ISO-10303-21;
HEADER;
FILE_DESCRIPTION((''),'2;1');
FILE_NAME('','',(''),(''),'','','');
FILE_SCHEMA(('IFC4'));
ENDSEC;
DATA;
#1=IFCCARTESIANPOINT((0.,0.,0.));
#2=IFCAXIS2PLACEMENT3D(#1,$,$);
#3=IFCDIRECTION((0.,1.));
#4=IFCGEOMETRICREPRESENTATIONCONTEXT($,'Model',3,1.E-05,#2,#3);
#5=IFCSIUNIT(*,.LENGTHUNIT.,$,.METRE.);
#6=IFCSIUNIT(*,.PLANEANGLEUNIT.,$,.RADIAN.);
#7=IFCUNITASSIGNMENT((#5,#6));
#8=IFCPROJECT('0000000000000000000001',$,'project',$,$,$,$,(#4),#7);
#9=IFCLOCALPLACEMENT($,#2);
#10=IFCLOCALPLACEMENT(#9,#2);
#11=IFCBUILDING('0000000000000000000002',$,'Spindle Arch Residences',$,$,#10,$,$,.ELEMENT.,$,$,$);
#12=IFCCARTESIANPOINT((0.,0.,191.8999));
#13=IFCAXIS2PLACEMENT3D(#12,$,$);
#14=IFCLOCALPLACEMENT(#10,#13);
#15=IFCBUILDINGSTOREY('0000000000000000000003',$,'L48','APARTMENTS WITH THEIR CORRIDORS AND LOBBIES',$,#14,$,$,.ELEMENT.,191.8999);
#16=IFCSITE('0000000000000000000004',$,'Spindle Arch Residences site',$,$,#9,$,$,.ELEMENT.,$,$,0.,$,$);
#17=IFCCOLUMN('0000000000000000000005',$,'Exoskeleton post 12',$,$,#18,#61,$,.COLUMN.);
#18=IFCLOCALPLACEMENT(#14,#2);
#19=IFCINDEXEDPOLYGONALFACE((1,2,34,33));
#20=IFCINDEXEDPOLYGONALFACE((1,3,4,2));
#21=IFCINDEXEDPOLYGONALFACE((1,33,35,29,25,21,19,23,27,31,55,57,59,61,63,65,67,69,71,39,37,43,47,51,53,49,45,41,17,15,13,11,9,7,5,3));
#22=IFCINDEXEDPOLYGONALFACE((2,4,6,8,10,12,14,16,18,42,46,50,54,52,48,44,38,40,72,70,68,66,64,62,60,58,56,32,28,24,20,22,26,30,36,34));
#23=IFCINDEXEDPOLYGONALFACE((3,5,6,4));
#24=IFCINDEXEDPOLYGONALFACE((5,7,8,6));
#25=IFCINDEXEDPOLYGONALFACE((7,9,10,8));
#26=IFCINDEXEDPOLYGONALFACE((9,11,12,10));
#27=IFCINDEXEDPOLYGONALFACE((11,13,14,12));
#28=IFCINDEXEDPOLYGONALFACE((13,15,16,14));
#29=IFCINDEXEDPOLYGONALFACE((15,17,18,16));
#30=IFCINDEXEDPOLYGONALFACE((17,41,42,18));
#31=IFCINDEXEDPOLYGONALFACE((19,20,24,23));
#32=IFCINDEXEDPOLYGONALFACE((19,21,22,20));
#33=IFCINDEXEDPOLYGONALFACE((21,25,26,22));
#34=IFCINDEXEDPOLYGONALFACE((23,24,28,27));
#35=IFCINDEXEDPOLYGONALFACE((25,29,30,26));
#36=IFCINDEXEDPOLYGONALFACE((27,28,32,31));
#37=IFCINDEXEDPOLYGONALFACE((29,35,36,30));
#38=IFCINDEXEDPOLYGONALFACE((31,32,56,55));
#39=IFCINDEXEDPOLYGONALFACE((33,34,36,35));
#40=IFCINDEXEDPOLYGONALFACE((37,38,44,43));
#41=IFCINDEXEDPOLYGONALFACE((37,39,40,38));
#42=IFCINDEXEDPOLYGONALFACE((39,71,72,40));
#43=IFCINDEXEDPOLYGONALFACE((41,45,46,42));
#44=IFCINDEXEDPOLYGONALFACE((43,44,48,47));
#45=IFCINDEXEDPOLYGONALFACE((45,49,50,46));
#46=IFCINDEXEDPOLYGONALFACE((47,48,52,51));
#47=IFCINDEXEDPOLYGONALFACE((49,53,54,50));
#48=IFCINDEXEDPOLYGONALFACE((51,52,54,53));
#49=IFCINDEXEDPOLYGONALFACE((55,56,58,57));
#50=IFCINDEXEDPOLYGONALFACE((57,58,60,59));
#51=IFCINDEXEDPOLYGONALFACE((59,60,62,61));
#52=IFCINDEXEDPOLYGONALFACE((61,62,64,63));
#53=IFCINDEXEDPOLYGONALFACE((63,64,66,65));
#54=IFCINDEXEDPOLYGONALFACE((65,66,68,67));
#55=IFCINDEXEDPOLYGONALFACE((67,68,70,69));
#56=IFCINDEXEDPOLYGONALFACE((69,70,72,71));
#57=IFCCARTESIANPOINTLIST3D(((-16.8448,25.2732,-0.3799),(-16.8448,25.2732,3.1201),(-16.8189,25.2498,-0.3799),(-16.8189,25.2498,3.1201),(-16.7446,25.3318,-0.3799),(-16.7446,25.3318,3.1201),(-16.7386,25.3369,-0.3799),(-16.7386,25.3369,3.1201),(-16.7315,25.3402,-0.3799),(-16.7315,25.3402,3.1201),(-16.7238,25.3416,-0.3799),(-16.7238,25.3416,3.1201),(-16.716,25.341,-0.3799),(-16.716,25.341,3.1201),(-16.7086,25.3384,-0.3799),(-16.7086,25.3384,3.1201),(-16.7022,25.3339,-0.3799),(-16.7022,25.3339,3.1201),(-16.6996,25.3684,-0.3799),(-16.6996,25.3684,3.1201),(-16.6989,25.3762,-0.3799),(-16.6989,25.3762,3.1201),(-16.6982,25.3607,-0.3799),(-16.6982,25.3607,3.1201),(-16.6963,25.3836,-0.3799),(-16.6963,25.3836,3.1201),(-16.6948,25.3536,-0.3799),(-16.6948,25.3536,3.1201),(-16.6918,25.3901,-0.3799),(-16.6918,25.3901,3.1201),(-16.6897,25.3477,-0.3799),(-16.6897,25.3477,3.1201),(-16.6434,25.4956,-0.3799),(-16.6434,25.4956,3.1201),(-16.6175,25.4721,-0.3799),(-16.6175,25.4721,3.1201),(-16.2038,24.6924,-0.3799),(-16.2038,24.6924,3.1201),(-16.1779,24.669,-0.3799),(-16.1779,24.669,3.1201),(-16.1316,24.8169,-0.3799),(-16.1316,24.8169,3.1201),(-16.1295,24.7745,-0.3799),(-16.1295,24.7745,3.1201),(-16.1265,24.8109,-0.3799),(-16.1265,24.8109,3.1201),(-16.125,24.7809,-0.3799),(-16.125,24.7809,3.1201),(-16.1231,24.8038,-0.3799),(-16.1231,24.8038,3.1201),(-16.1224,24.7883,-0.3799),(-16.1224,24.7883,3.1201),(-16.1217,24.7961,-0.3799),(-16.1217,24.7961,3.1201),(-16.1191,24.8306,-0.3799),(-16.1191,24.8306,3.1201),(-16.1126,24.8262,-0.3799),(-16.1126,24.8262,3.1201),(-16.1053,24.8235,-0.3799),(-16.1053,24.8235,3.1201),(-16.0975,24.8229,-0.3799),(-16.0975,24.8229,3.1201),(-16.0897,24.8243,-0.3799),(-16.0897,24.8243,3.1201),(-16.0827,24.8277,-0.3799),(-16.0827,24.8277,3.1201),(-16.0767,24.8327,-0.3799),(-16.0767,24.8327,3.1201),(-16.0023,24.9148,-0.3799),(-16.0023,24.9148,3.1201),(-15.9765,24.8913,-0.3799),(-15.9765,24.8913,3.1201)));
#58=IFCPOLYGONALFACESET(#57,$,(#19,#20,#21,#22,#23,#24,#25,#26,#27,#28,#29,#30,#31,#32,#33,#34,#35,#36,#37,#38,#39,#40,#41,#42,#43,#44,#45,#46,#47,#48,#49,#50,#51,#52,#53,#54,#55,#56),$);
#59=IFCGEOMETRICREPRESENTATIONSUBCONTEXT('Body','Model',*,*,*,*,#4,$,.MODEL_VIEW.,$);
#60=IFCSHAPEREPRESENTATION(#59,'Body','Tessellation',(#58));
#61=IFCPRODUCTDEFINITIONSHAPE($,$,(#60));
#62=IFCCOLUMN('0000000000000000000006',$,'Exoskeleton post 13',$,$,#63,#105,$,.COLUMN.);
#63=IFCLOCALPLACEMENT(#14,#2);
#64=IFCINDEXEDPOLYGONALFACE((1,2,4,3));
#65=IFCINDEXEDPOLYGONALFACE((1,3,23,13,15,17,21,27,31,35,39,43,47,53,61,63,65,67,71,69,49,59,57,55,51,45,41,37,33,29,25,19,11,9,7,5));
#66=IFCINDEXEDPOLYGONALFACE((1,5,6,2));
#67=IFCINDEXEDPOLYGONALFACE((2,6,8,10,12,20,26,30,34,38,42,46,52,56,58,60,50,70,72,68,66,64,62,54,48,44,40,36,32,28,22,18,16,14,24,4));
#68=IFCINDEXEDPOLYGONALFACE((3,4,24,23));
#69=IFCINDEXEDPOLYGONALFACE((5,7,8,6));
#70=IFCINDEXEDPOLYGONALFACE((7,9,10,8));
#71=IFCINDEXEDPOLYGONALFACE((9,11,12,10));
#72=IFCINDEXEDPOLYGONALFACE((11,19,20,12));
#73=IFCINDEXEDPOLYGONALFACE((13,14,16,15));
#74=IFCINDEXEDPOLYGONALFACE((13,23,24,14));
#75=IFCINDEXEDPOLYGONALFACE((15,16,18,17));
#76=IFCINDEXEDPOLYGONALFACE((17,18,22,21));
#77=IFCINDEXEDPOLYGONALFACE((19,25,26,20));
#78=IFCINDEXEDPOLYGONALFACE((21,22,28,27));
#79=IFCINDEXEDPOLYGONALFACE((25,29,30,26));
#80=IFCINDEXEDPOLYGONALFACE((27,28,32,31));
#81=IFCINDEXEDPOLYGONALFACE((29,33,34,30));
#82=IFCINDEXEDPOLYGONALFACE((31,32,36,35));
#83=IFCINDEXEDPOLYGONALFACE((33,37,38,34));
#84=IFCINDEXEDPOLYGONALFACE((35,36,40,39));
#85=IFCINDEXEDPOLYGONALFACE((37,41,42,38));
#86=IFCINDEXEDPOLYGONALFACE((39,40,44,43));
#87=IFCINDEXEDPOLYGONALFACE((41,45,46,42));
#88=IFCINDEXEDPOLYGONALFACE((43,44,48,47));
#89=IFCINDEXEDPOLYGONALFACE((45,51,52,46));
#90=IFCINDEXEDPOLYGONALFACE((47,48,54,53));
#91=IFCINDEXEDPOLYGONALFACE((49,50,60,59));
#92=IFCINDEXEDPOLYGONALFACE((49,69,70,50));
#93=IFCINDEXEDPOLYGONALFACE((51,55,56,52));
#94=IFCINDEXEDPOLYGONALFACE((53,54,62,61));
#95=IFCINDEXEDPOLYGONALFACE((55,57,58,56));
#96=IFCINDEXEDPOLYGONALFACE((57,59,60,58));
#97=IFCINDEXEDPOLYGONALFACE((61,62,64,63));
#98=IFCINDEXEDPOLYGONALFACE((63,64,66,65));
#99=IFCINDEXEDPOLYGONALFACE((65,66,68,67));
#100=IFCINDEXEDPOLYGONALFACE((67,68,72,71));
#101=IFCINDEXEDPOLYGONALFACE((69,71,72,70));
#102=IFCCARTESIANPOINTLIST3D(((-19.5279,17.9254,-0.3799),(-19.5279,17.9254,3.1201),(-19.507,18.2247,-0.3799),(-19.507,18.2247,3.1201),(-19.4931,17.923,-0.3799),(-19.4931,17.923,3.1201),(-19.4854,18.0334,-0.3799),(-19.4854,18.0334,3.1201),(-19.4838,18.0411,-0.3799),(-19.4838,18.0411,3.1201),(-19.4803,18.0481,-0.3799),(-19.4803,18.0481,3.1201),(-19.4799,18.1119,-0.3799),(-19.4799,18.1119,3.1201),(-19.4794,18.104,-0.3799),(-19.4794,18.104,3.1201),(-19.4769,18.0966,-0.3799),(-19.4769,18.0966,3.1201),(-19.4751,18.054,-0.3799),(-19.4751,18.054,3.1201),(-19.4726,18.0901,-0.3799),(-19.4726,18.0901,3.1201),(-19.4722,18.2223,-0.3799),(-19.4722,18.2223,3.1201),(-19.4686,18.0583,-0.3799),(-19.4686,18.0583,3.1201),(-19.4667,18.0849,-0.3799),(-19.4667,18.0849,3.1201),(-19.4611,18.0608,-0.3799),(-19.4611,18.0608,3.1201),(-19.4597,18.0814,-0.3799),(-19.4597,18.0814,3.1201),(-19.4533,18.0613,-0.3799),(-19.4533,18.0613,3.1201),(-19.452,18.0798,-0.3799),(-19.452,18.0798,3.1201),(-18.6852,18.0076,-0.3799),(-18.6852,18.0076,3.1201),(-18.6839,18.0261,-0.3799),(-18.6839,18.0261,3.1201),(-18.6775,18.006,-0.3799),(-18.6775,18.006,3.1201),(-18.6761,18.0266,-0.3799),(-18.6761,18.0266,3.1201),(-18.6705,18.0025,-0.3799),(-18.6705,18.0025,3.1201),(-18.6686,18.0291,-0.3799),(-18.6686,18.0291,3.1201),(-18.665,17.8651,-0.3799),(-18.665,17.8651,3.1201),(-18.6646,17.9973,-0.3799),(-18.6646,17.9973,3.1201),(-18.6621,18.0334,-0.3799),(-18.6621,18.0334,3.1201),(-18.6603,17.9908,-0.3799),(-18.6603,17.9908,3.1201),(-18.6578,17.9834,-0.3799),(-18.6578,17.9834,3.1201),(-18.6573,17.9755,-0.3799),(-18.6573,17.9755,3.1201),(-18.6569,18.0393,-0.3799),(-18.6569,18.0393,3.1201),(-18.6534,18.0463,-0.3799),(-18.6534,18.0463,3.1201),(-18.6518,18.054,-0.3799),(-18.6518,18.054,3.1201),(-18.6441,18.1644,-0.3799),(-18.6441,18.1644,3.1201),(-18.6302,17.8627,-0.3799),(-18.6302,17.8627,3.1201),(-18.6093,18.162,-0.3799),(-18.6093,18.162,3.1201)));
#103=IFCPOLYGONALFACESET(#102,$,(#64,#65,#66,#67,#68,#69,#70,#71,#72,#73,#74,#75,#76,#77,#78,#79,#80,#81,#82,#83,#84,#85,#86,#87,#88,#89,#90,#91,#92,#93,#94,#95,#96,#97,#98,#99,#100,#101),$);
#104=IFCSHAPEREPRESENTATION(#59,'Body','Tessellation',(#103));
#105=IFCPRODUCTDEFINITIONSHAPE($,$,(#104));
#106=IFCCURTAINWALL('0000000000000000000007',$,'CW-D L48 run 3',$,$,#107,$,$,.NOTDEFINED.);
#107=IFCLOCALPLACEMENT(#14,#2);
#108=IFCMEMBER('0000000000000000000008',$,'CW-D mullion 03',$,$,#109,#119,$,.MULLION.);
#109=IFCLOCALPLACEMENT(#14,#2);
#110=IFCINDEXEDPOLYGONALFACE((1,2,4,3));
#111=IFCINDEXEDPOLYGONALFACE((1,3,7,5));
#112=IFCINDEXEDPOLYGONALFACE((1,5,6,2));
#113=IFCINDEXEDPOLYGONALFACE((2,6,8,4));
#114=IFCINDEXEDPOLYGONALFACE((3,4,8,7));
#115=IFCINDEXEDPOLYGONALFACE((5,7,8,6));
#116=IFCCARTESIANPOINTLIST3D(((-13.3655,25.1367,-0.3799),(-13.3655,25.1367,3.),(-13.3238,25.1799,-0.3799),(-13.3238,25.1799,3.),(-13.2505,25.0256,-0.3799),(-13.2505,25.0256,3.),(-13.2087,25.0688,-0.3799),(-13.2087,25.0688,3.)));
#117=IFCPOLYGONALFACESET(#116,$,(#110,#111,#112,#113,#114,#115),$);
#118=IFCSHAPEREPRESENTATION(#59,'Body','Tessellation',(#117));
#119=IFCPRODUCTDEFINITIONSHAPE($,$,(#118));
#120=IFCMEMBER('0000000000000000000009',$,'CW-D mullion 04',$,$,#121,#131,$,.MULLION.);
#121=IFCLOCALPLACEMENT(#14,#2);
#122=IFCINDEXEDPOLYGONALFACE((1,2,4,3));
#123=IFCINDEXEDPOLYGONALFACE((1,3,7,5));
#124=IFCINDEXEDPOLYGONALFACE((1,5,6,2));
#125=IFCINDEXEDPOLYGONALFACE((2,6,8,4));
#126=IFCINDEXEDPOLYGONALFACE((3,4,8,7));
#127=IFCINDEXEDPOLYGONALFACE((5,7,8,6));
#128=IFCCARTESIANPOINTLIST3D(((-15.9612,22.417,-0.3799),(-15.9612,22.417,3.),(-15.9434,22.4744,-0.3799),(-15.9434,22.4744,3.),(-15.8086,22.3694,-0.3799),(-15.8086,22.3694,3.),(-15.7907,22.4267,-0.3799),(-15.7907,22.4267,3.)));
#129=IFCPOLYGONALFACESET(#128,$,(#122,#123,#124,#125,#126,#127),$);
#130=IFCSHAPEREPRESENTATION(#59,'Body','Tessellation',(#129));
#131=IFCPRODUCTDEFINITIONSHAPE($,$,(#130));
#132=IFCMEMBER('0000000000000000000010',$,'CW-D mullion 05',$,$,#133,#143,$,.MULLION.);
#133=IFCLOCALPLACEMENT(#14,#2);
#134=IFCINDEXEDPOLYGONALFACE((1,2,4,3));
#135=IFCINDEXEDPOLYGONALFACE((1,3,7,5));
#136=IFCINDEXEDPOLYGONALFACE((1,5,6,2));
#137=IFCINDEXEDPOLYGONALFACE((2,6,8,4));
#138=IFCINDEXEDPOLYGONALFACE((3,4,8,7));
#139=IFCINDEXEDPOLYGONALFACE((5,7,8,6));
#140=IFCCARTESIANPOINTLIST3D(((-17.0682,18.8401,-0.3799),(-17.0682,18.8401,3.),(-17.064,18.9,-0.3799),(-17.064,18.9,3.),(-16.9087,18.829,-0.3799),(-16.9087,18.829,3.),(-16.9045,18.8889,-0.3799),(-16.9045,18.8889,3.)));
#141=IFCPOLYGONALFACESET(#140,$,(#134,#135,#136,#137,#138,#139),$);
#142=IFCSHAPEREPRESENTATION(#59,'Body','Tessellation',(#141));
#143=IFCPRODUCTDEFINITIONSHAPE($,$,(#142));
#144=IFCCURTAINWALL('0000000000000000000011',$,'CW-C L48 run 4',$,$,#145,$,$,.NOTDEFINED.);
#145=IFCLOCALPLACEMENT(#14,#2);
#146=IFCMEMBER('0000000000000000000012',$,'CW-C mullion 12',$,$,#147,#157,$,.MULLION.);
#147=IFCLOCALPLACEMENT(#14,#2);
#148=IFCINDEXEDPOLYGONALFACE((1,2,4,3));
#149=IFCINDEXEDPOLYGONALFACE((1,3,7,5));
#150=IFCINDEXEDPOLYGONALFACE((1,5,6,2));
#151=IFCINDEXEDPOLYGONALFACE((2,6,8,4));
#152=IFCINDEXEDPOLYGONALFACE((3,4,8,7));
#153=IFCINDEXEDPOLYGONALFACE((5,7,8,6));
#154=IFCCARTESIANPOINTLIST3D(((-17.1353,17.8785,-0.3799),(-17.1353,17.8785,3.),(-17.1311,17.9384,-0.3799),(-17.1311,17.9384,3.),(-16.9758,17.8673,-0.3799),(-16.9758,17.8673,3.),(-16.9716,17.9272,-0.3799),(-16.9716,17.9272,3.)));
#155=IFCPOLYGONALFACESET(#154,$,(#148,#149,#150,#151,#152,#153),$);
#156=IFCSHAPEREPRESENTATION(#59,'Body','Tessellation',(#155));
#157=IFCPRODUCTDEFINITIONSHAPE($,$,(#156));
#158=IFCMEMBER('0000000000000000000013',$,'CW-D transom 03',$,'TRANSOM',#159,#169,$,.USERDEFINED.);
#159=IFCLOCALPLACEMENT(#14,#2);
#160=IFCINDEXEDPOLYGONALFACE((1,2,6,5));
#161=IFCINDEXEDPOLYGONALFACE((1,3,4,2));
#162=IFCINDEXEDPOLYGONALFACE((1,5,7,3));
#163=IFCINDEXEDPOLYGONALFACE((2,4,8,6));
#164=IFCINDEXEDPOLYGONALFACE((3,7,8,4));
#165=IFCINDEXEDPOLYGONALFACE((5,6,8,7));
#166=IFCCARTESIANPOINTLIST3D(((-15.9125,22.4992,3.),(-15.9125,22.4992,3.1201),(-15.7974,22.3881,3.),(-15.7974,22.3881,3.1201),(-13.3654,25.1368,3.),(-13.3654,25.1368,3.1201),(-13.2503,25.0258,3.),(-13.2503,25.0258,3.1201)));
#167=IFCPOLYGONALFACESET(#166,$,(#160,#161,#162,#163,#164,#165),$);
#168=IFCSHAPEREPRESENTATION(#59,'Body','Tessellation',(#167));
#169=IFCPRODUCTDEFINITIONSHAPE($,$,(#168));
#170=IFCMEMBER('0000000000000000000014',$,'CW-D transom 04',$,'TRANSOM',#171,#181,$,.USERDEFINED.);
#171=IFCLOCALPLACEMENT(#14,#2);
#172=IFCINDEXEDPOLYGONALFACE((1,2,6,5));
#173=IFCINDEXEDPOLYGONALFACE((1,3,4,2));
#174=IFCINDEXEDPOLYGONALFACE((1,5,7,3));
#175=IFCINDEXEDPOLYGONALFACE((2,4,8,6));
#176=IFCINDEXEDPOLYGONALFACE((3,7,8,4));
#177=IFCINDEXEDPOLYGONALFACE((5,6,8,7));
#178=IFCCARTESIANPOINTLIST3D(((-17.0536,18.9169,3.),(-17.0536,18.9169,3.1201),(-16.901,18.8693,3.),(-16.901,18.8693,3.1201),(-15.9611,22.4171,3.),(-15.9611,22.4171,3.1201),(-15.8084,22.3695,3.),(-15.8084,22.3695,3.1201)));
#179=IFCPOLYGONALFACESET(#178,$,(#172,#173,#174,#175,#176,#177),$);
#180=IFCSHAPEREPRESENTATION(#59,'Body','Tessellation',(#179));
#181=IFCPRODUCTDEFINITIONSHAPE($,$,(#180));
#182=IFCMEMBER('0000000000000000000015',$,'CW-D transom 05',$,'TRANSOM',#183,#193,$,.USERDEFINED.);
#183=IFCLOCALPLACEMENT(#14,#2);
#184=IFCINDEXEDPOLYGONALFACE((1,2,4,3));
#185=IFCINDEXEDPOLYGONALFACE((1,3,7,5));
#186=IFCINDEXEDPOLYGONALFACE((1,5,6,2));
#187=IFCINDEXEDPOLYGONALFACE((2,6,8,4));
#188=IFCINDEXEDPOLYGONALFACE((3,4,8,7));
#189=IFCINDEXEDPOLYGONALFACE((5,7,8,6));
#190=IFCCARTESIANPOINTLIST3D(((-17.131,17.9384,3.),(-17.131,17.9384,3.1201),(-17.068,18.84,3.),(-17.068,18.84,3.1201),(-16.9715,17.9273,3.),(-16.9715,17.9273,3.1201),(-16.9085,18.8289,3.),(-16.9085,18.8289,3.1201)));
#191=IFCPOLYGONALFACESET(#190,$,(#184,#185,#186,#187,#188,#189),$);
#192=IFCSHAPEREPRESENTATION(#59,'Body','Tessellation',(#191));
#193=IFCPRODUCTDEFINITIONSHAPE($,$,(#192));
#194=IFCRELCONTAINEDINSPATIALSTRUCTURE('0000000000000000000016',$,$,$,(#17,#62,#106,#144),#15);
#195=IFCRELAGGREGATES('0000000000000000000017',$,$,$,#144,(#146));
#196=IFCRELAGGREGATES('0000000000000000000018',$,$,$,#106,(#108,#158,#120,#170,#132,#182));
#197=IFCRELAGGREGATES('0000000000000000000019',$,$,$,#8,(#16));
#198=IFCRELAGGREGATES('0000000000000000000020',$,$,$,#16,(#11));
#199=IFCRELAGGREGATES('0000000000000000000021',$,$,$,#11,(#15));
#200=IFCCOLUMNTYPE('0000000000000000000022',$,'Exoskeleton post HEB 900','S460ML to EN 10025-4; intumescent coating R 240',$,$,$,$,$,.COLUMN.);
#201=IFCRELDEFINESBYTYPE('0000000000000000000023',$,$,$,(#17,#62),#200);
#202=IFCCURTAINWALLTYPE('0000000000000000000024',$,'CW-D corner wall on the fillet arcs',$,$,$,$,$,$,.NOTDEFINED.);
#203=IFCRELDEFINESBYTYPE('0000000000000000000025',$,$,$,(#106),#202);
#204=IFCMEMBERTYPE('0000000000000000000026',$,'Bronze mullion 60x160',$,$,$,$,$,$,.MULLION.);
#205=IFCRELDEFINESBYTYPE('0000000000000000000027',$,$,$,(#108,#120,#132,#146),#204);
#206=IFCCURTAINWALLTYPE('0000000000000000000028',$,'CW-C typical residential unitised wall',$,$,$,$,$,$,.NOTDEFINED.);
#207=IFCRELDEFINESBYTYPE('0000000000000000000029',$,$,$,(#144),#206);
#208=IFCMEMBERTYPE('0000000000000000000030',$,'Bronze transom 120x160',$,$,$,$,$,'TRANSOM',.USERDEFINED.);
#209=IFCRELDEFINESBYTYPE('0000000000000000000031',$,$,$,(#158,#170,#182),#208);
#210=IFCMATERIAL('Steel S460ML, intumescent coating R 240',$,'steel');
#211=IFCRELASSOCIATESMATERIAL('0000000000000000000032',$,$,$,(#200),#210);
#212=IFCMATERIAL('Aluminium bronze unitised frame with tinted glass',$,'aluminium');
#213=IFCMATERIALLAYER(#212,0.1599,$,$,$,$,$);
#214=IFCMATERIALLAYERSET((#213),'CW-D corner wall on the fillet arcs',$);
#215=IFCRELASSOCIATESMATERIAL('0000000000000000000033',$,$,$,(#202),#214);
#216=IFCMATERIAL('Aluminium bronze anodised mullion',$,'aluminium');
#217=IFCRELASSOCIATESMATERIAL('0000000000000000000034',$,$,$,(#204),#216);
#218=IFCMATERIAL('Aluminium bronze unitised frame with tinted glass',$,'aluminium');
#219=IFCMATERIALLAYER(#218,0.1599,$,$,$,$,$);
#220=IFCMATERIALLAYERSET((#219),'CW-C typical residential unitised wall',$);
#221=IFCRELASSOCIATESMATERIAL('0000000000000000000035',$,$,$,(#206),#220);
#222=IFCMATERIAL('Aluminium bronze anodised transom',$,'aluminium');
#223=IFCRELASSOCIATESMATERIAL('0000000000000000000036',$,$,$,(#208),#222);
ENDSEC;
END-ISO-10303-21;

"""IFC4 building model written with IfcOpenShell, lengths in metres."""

from ifc_helpers import new_model, si_unit, direction, frame, origin, origin_2d, place, context, subcontext, project, spatial, rectangle, i_section, extrude, material, layer, layer_set, material_profile, profile_set, type_object, element, aggregate, save


model = new_model("IFC4")

# Units and contexts
model_context = context("Model", 3, precision=1e-05, world=origin(), true_north=direction((0.0, 1.0)))
body_context = subcontext(model_context, "Body", "Model", "MODEL_VIEW")
ifc_project = project(units=[si_unit("LENGTHUNIT", "METRE"), si_unit("PLANEANGLEUNIT", "RADIAN")], contexts=[model_context])

# Site, building, storey
site_placement = place(None, origin())
site = spatial("IfcSite", under=ifc_project, at=site_placement, Name="Spindle Arch Residences site", CompositionType="ELEMENT", RefElevation=0.0)
building_placement = place(site_placement, origin())
building = spatial("IfcBuilding", under=site, at=building_placement, Name="Spindle Arch Residences", CompositionType="ELEMENT")
storey_placement = place(building_placement, frame((0.0, 0.0, 191.8999)))
storey = spatial("IfcBuildingStorey", under=building, at=storey_placement, Name="L48", Description="APARTMENTS WITH THEIR CORRIDORS AND LOBBIES", CompositionType="ELEMENT", Elevation=191.8999)

# Columns
ifc_material_1 = material(Name="Steel S460ML, intumescent coating R 240", Category="steel")
ifc_material_profile_1 = material_profile(ifc_material_1, i_section(OverallWidth=0.3, OverallDepth=0.8999, WebThickness=0.0186, FlangeThickness=0.0349, FilletRadius=0.03, at=origin_2d()), Name="HEB 900")
ifc_profile_set_1 = profile_set([ifc_material_profile_1], Name="Steel S460ML, intumescent coating R 240")
column_type = type_object("IfcColumnType", Name="Exoskeleton post HEB 900", Description="S460ML to EN 10025-4; intumescent coating R 240", PredefinedType="COLUMN", material=ifc_profile_set_1)
for number, where, z_axis, x_axis, name in (
    (1, (-16.4106, 25.0823, -0.3799), (0.0, 0.0, 1.0), (0.671428, 0.74107, 0.0), "Exoskeleton post 12"),
    (2, (-19.0686, 18.0437, -0.3799), (0.0, 0.0, 1.0), (0.069756, 0.997564, 0.0), "Exoskeleton post 13"),
):
    element("IfcColumn", number, at=place(storey_placement, frame(where, z_axis=z_axis, x_axis=x_axis)), inside=storey, type_object=column_type, Name=name, PredefinedType="COLUMN", context=body_context, shape_type="SweptSolid", body=[
        extrude(i_section(OverallWidth=0.3, OverallDepth=0.8999, WebThickness=0.0186, FlangeThickness=0.0349, FilletRadius=0.03, at=origin_2d()), origin(), (0.0, 0.0, 1.0), 3.5),
    ])

# Curtain wall, members
ifc_material_2 = material(Name="Aluminium bronze unitised frame with tinted glass", Category="aluminium")
ifc_layer_1 = layer(ifc_material_2, 0.1599)
ifc_layer_set_1 = layer_set([ifc_layer_1], Name="CW-D corner wall on the fillet arcs")
curtain_wall_type_1 = type_object("IfcCurtainWallType", Name="CW-D corner wall on the fillet arcs", PredefinedType="NOTDEFINED", material=ifc_layer_set_1)
curtain_wall_1_placement = place(storey_placement, origin())
curtain_wall_1 = element("IfcCurtainWall", 3, at=curtain_wall_1_placement, inside=storey, type_object=curtain_wall_type_1, Name="CW-D L48 run 3", PredefinedType="NOTDEFINED")
ifc_material_3 = material(Name="Aluminium bronze anodised mullion", Category="aluminium")
ifc_material_profile_2 = material_profile(ifc_material_3, rectangle(XDim=0.1599, YDim=0.0601, at=origin_2d()), Name="MU 60x160")
ifc_profile_set_2 = profile_set([ifc_material_profile_2], Name="Aluminium bronze anodised mullion")
member_type_1 = type_object("IfcMemberType", Name="Bronze mullion 60x160", PredefinedType="MULLION", material=ifc_profile_set_2)
member_1_placement = place(storey_placement, frame((-13.2871, 25.1028, -0.3799), z_axis=(0.0, 0.0, 1.0), x_axis=(0.71934, -0.694658, 0.0)))
member_1 = element("IfcMember", 4, at=member_1_placement, type_object=member_type_1, Name="CW-D mullion 03", PredefinedType="MULLION", context=body_context, shape_type="SweptSolid", body=[
    extrude(rectangle(XDim=0.1599, YDim=0.0601, at=origin_2d()), origin(), (0.0, 0.0, 1.0), 3.3799),
])
member_2_placement = place(storey_placement, frame((-15.876, 22.4219, -0.3799), z_axis=(0.0, 0.0, 1.0), x_axis=(0.954588, -0.29793, 0.0)))
member_2 = element("IfcMember", 5, at=member_2_placement, type_object=member_type_1, Name="CW-D mullion 04", PredefinedType="MULLION", context=body_context, shape_type="SweptSolid", body=[
    extrude(rectangle(XDim=0.1599, YDim=0.0601, at=origin_2d()), origin(), (0.0, 0.0, 1.0), 3.3799),
])
member_3_placement = place(storey_placement, frame((-16.9863, 18.8645, -0.3799), z_axis=(0.0, 0.0, 1.0), x_axis=(0.997564, -0.069756, 0.0)))
member_3 = element("IfcMember", 6, at=member_3_placement, type_object=member_type_1, Name="CW-D mullion 05", PredefinedType="MULLION", context=body_context, shape_type="SweptSolid", body=[
    extrude(rectangle(XDim=0.1599, YDim=0.0601, at=origin_2d()), origin(), (0.0, 0.0, 1.0), 3.3799),
])

# Curtain wall, member
ifc_material_4 = material(Name="Aluminium bronze unitised frame with tinted glass", Category="aluminium")
ifc_layer_2 = layer(ifc_material_4, 0.1599)
ifc_layer_set_2 = layer_set([ifc_layer_2], Name="CW-C typical residential unitised wall")
curtain_wall_type_2 = type_object("IfcCurtainWallType", Name="CW-C typical residential unitised wall", PredefinedType="NOTDEFINED", material=ifc_layer_set_2)
curtain_wall_2_placement = place(storey_placement, origin())
curtain_wall_2 = element("IfcCurtainWall", 7, at=curtain_wall_2_placement, inside=storey, type_object=curtain_wall_type_2, Name="CW-C L48 run 4", PredefinedType="NOTDEFINED")
member_4_placement = place(storey_placement, frame((-17.0535, 17.9028, -0.3799), z_axis=(0.0, 0.0, 1.0), x_axis=(0.997564, -0.069756, 0.0)))
member_4 = element("IfcMember", 8, at=member_4_placement, type_object=member_type_1, Name="CW-C mullion 12", PredefinedType="MULLION", context=body_context, shape_type="SweptSolid", body=[
    extrude(rectangle(XDim=0.1599, YDim=0.0601, at=origin_2d()), origin(), (0.0, 0.0, 1.0), 3.3799),
])

# Members
ifc_material_5 = material(Name="Aluminium bronze anodised transom", Category="aluminium")
ifc_material_profile_3 = material_profile(ifc_material_5, rectangle(XDim=0.1599, YDim=0.1201, at=origin_2d()), Name="TR 120x160")
ifc_profile_set_3 = profile_set([ifc_material_profile_3], Name="Aluminium bronze anodised transom")
member_type_2 = type_object("IfcMemberType", Name="Bronze transom 120x160", ElementType="TRANSOM", PredefinedType="USERDEFINED", material=ifc_profile_set_3)
member_5_placement = place(storey_placement, frame((-13.3079, 25.0813, 3.0601), z_axis=(-0.694648, -0.71935, 0.0), x_axis=(0.71935, -0.694648, 0.0)))
member_5 = element("IfcMember", 9, at=member_5_placement, type_object=member_type_2, Name="CW-D transom 03", ObjectType="TRANSOM", PredefinedType="USERDEFINED", context=body_context, shape_type="SweptSolid", body=[
    extrude(rectangle(XDim=0.1599, YDim=0.1201, at=origin_2d()), origin(), (0.0, 0.0, 1.0), 3.6667),
])
member_6_placement = place(storey_placement, frame((-15.8848, 22.3933, 3.0601), z_axis=(-0.297953, -0.954581, 0.0), x_axis=(0.954581, -0.297953, 0.0)))
member_6 = element("IfcMember", 10, at=member_6_placement, type_object=member_type_2, Name="CW-D transom 04", ObjectType="TRANSOM", PredefinedType="USERDEFINED", context=body_context, shape_type="SweptSolid", body=[
    extrude(rectangle(XDim=0.1599, YDim=0.1201, at=origin_2d()), origin(), (0.0, 0.0, 1.0), 3.6667),
])
member_7_placement = place(storey_placement, frame((-16.9883, 18.8345, 3.0601), z_axis=(-0.069692, -0.997569, 0.0), x_axis=(0.997569, -0.069692, 0.0)))
member_7 = element("IfcMember", 11, at=member_7_placement, type_object=member_type_2, Name="CW-D transom 05", ObjectType="TRANSOM", PredefinedType="USERDEFINED", context=body_context, shape_type="SweptSolid", body=[
    extrude(rectangle(XDim=0.1599, YDim=0.1201, at=origin_2d()), origin(), (0.0, 0.0, 1.0), 0.9038),
])
aggregate(curtain_wall_2, [member_4])

aggregate(curtain_wall_1, [member_1, member_5, member_2, member_6, member_3, member_7])

save(model, "model.ifc")
